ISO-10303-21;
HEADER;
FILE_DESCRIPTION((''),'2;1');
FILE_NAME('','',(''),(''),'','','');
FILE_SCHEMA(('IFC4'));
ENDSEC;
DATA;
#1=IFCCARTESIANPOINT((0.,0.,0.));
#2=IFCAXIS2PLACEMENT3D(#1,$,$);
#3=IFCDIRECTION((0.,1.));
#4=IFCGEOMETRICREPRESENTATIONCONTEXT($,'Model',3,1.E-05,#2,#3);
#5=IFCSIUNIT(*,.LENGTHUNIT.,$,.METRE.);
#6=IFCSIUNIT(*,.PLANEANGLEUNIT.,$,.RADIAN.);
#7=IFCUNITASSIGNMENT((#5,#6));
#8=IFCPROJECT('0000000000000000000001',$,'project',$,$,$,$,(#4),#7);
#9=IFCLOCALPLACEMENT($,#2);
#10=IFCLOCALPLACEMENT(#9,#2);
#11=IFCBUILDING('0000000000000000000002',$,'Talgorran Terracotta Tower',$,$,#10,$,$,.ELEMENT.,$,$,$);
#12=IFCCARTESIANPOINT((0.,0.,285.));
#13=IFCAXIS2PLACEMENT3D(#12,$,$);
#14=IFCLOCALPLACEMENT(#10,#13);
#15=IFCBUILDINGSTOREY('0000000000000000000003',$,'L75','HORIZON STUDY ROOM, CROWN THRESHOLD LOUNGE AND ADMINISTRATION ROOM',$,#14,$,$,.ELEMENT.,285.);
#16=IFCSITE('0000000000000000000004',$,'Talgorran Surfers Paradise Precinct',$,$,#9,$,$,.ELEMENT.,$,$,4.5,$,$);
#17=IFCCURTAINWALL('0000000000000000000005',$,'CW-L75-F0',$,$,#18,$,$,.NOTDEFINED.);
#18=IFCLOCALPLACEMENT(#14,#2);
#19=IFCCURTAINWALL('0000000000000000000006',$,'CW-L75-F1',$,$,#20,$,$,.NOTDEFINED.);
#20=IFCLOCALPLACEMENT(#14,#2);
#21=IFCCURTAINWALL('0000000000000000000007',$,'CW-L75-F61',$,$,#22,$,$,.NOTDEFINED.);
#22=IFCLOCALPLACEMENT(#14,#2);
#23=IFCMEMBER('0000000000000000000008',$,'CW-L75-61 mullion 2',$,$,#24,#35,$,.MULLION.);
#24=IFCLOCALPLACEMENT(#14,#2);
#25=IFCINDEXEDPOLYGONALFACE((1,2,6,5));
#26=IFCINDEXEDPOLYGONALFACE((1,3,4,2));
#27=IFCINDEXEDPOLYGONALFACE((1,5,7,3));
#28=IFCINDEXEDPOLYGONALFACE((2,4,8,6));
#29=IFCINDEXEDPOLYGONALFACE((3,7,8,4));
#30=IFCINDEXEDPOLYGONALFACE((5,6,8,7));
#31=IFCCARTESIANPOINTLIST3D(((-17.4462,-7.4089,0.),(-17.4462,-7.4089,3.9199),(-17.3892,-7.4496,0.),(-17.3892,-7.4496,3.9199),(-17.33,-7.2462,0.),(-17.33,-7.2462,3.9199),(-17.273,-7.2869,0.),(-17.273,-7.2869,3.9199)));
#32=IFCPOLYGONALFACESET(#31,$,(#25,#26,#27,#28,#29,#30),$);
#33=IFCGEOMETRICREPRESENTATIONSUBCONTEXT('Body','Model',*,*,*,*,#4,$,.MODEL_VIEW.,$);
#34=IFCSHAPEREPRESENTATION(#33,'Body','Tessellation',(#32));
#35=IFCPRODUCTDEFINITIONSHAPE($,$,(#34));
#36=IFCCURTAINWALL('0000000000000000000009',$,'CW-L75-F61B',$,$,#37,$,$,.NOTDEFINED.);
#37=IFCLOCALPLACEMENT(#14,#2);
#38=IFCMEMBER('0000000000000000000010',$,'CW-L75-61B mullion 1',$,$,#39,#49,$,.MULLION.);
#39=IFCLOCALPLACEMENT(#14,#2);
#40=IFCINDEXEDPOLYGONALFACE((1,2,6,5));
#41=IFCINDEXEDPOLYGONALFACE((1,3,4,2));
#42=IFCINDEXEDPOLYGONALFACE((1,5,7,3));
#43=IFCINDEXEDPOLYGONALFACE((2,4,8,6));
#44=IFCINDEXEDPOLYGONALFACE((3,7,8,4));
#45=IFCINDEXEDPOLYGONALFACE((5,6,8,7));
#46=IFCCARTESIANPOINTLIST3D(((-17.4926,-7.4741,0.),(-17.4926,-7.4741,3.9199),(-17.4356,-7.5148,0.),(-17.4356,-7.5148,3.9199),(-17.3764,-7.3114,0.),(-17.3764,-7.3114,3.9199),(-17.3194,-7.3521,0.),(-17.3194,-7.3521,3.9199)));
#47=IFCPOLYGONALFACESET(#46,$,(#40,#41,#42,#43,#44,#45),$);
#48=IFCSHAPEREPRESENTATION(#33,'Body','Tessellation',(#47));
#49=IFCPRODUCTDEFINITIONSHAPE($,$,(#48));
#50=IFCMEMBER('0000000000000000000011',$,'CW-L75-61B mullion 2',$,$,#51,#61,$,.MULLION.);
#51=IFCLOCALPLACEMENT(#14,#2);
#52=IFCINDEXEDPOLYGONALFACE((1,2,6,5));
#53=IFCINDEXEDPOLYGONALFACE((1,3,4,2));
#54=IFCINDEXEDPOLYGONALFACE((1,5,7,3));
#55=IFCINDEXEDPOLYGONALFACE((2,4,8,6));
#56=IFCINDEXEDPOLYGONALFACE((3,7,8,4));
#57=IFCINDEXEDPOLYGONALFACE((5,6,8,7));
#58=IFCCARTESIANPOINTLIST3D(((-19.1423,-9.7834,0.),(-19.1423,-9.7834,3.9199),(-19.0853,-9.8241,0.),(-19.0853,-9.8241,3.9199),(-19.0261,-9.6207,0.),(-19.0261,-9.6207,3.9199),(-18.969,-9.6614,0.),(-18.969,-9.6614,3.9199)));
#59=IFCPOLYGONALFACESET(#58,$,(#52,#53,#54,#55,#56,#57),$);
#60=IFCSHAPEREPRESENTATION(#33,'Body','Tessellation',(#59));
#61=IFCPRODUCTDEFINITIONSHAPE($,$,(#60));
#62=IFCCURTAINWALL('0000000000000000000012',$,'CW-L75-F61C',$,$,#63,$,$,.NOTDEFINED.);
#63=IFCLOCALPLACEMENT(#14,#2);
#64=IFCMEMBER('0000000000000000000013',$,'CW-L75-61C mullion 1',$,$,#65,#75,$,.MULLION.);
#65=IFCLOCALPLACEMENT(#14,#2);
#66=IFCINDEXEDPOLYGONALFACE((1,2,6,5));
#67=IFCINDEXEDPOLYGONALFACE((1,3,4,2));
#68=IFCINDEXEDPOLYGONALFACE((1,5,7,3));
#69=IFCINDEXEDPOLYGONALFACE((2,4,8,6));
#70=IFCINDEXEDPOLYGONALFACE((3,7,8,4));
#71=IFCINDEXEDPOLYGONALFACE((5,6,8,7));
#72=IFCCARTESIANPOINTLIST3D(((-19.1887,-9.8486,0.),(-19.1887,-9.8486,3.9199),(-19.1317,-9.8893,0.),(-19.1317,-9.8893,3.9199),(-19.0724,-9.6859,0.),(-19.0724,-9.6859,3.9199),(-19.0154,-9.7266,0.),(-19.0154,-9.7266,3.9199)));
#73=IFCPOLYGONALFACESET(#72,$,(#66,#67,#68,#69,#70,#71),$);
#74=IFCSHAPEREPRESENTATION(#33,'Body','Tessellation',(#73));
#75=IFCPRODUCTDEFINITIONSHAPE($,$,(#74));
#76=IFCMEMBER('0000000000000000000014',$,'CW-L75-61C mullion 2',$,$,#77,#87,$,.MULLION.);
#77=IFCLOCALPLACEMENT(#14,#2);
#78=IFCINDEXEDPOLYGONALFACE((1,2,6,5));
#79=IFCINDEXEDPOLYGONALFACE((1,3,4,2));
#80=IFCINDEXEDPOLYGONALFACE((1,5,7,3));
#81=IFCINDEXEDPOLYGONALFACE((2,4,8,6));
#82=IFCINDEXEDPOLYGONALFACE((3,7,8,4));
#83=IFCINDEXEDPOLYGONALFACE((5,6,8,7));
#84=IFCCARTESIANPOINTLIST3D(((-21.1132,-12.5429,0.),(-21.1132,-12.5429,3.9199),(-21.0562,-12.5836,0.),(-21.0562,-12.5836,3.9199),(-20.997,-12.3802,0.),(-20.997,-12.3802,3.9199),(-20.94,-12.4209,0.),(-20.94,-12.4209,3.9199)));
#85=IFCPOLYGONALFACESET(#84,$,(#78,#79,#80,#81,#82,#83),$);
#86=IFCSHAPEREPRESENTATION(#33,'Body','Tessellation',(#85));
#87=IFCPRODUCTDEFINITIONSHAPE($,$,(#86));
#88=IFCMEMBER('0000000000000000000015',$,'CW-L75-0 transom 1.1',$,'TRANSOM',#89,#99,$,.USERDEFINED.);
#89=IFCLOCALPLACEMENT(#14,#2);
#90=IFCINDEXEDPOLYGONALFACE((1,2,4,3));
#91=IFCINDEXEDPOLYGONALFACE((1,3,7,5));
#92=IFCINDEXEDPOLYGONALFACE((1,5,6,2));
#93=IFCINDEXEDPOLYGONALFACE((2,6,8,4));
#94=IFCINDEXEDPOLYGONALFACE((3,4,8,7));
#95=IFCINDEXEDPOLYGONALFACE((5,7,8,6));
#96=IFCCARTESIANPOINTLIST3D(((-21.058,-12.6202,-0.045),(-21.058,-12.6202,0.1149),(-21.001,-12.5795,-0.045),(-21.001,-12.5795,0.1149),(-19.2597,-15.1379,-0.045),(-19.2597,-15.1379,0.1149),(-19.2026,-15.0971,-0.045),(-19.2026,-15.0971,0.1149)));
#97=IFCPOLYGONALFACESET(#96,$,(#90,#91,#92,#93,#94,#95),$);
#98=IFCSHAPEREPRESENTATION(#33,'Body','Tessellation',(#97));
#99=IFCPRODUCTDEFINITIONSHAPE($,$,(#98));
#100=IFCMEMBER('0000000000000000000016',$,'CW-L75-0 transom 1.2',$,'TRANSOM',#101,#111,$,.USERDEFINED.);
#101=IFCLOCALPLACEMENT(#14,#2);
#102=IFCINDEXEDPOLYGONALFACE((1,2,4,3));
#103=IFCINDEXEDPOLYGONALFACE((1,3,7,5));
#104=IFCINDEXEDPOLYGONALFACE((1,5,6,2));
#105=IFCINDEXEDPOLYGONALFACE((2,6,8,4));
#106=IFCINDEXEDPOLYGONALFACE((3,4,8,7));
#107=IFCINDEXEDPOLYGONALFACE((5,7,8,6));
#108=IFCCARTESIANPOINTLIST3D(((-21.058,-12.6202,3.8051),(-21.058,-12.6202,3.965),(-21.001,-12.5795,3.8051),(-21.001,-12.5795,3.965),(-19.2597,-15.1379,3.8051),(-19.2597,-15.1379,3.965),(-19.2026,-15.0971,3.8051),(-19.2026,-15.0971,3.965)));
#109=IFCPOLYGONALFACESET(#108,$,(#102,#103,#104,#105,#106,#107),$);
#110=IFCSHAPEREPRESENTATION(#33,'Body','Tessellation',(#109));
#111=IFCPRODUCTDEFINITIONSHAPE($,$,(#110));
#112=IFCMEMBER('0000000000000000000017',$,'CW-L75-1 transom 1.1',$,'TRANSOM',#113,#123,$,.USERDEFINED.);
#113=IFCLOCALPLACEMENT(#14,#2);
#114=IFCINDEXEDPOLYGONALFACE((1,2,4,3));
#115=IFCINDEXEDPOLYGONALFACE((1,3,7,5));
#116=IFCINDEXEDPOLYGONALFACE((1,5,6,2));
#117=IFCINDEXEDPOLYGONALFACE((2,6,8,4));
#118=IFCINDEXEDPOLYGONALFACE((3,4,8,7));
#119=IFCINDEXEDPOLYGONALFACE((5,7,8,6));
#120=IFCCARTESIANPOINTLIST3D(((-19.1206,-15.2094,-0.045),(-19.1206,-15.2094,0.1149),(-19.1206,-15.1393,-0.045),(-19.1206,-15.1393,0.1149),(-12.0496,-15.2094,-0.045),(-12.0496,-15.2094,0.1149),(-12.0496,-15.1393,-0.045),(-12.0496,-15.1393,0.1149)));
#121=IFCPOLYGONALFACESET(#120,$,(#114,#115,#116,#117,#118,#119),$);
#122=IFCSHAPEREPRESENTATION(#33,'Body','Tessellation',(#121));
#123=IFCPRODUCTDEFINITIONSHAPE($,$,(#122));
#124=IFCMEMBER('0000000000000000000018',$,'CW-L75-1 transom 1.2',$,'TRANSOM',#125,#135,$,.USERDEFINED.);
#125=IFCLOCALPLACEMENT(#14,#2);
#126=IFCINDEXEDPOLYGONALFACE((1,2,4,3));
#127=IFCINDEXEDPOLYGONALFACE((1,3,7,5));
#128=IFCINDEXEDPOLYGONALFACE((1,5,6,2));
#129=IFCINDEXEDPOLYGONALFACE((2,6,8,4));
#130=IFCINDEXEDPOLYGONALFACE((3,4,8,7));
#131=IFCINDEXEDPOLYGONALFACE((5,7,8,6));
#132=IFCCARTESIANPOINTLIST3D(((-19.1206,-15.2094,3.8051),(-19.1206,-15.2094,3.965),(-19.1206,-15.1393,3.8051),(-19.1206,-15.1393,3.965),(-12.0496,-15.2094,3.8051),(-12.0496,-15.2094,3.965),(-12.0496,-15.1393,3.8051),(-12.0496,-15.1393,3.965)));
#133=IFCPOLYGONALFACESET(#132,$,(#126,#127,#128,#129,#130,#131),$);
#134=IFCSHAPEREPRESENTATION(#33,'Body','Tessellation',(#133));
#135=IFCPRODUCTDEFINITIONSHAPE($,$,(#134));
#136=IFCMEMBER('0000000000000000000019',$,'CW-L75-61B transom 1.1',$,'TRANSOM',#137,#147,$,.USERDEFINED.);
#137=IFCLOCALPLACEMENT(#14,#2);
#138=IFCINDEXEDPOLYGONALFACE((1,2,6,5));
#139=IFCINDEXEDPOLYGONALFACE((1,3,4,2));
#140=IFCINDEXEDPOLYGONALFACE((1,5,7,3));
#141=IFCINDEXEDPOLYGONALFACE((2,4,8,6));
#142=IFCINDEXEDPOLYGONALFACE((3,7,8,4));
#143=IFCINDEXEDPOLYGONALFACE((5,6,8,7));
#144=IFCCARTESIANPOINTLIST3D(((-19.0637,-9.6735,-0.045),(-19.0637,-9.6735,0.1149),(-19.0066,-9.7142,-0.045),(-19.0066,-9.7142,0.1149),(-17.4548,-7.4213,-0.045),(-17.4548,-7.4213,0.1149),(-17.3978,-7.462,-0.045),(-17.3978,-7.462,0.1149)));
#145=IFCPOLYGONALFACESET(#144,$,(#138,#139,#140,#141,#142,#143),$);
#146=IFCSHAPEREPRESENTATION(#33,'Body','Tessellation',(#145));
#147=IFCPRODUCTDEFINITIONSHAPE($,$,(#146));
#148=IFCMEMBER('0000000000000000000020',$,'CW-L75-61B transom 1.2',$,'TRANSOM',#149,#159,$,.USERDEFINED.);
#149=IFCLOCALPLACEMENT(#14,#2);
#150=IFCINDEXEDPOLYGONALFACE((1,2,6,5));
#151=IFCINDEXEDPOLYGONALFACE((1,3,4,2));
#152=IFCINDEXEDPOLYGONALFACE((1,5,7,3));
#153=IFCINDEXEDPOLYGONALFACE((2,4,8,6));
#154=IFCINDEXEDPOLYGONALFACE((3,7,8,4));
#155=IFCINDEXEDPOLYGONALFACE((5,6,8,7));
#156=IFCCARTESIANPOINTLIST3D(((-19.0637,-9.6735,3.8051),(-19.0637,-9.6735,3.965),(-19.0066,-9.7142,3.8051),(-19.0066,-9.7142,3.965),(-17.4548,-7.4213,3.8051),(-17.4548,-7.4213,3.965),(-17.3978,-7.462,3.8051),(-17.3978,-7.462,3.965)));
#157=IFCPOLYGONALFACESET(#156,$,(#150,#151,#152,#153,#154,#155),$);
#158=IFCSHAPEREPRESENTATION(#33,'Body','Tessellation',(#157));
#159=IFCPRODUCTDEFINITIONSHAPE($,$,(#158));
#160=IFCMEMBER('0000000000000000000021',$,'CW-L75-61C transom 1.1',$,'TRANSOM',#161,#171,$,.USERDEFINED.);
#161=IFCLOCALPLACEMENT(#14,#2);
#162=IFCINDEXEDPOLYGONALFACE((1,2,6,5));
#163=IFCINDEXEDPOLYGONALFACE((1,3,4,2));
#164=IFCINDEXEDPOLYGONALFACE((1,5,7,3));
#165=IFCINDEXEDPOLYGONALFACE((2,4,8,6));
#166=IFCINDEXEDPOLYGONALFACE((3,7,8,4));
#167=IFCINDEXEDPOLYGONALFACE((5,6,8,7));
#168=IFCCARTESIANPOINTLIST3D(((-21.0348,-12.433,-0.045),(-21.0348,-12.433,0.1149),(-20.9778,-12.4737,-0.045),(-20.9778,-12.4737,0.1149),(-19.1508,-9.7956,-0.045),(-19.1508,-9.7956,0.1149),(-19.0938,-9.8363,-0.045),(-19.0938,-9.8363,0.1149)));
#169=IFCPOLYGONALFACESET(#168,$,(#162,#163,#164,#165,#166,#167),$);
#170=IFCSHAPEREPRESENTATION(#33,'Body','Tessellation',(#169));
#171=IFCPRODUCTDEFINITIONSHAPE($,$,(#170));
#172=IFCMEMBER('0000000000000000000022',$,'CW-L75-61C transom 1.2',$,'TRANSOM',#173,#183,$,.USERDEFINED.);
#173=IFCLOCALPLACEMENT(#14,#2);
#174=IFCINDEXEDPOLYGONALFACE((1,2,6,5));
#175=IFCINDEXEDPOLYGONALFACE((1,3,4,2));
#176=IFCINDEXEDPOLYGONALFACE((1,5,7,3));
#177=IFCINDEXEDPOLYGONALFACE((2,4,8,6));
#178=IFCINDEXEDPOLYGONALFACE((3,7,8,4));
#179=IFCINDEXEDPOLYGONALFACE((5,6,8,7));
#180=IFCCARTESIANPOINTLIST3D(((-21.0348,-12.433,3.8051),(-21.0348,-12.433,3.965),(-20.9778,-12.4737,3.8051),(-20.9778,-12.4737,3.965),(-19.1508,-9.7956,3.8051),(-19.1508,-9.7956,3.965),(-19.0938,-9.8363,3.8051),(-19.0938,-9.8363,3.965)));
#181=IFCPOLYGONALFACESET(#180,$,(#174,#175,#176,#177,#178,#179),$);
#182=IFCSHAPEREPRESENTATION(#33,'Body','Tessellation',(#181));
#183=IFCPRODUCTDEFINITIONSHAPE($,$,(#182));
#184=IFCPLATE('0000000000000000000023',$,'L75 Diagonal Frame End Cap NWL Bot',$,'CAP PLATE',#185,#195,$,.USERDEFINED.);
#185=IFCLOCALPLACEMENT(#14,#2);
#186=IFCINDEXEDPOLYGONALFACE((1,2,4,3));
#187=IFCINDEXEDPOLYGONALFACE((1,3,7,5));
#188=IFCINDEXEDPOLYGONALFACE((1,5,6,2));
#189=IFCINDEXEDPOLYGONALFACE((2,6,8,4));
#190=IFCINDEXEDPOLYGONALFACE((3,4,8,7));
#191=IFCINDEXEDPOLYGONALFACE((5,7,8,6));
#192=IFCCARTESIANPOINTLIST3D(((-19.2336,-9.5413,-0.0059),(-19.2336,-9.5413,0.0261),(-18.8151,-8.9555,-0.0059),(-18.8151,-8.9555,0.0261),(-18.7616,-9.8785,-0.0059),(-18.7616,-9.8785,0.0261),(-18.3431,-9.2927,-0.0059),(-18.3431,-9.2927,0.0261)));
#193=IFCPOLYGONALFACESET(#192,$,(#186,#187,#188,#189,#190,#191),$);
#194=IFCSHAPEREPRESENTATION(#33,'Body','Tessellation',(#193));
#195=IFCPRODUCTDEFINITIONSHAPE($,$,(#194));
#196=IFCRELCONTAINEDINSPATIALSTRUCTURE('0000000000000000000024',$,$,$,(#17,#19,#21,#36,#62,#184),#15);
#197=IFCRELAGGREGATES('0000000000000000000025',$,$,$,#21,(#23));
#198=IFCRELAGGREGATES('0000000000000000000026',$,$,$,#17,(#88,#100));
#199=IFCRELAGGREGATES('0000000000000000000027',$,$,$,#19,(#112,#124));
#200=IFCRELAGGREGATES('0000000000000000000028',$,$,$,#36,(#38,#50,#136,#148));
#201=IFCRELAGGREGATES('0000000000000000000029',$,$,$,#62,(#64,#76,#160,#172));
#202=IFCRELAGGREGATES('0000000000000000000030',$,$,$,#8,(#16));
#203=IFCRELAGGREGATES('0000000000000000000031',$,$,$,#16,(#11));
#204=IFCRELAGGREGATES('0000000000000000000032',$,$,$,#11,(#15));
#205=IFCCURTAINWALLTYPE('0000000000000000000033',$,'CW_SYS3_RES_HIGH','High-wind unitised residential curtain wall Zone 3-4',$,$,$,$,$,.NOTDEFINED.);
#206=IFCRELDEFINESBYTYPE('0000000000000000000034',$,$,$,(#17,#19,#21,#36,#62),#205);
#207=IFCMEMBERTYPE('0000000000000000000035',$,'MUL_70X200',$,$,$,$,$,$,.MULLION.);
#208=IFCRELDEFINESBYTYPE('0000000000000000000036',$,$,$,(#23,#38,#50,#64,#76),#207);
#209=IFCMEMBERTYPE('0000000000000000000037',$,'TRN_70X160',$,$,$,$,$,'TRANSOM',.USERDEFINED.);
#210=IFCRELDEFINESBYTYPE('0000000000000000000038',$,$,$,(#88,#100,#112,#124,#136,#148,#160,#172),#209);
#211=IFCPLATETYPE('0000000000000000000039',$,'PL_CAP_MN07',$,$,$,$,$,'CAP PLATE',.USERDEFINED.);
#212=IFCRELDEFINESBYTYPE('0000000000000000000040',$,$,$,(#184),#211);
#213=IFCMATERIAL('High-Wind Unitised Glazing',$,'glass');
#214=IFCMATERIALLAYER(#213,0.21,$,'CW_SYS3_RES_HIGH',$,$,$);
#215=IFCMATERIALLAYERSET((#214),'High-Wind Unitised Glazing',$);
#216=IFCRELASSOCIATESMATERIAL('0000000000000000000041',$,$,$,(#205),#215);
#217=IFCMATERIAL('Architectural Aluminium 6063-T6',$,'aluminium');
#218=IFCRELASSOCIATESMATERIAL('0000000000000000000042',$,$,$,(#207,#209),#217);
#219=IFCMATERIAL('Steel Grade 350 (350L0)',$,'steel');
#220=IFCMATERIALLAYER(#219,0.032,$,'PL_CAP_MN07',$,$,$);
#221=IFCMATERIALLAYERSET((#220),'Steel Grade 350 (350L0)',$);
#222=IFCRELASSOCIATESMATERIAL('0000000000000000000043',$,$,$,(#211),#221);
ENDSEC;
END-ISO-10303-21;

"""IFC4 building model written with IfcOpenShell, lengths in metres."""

from ifc_helpers import new_model, si_unit, direction, frame, origin, origin_2d, place, context, subcontext, project, spatial, rectangle, extrude, material, layer, layer_set, material_profile, profile_set, type_object, element, aggregate, save


model = new_model("IFC4")

# Units and contexts
model_context = context("Model", 3, precision=1e-05, world=origin(), true_north=direction((0.0, 1.0)))
body_context = subcontext(model_context, "Body", "Model", "MODEL_VIEW")
ifc_project = project(units=[si_unit("LENGTHUNIT", "METRE"), si_unit("PLANEANGLEUNIT", "RADIAN")], contexts=[model_context])

# Site, building, storey
site_placement = place(None, origin())
site = spatial("IfcSite", under=ifc_project, at=site_placement, Name="Talgorran Surfers Paradise Precinct", CompositionType="ELEMENT", RefElevation=4.5)
building_placement = place(site_placement, origin())
building = spatial("IfcBuilding", under=site, at=building_placement, Name="Talgorran Terracotta Tower", CompositionType="ELEMENT")
storey_placement = place(building_placement, frame((0.0, 0.0, 285.0)))
storey = spatial("IfcBuildingStorey", under=building, at=storey_placement, Name="L75", Description="HORIZON STUDY ROOM, CROWN THRESHOLD LOUNGE AND ADMINISTRATION ROOM", CompositionType="ELEMENT", Elevation=285.0)

# Shared definitions
ifc_material_1 = material(Name="Steel Grade 350 (350L0)", Category="steel")

# Curtain wall
ifc_material_2 = material(Name="High-Wind Unitised Glazing", Category="glass")
ifc_layer_1 = layer(ifc_material_2, 0.21, Name="CW_SYS3_RES_HIGH")
ifc_layer_set_1 = layer_set([ifc_layer_1], Name="High-Wind Unitised Glazing")
curtain_wall_type = type_object("IfcCurtainWallType", Name="CW_SYS3_RES_HIGH", Description="High-wind unitised residential curtain wall Zone 3-4", PredefinedType="NOTDEFINED", material=ifc_layer_set_1)
curtain_wall_1_placement = place(storey_placement, origin())
curtain_wall_1 = element("IfcCurtainWall", 1, at=curtain_wall_1_placement, inside=storey, type_object=curtain_wall_type, Name="CW-L75-F0", PredefinedType="NOTDEFINED")
ifc_material_3 = material(Name="Architectural Aluminium 6063-T6", Category="aluminium")
ifc_material_profile_1 = material_profile(ifc_material_3, rectangle(XDim=0.0701, YDim=0.2, at=origin_2d()), Name="CWM70X200")
ifc_profile_set_1 = profile_set([ifc_material_profile_1], Name="Architectural Aluminium 6063-T6")
member_type_1 = type_object("IfcMemberType", Name="MUL_70X200", PredefinedType="MULLION", material=ifc_profile_set_1)

# Curtain walls, member
curtain_wall_2_placement = place(storey_placement, origin())
curtain_wall_2 = element("IfcCurtainWall", 2, at=curtain_wall_2_placement, inside=storey, type_object=curtain_wall_type, Name="CW-L75-F1", PredefinedType="NOTDEFINED")
curtain_wall_3_placement = place(storey_placement, origin())
curtain_wall_3 = element("IfcCurtainWall", 3, at=curtain_wall_3_placement, inside=storey, type_object=curtain_wall_type, Name="CW-L75-F61", PredefinedType="NOTDEFINED")
member_1_placement = place(storey_placement, frame((-17.3596, -7.3479, 0.0), z_axis=(0.0, 0.0, 1.0), x_axis=(0.813724, -0.581252, 0.0)))
member_1 = element("IfcMember", 4, at=member_1_placement, type_object=member_type_1, Name="CW-L75-61 mullion 2", PredefinedType="MULLION", context=body_context, shape_type="SweptSolid", body=[
    extrude(rectangle(XDim=0.0701, YDim=0.2, at=origin_2d()), origin(), (0.0, 0.0, 1.0), 3.9199),
])
aggregate(curtain_wall_3, [member_1])

# Curtain walls, members
curtain_wall_4_placement = place(storey_placement, origin())
curtain_wall_4 = element("IfcCurtainWall", 5, at=curtain_wall_4_placement, inside=storey, type_object=curtain_wall_type, Name="CW-L75-F61B", PredefinedType="NOTDEFINED")
member_2_placement = place(storey_placement, frame((-17.406, -7.4131, 0.0), z_axis=(0.0, 0.0, 1.0), x_axis=(0.813736, -0.581235, 0.0)))
member_2 = element("IfcMember", 6, at=member_2_placement, type_object=member_type_1, Name="CW-L75-61B mullion 1", PredefinedType="MULLION", context=body_context, shape_type="SweptSolid", body=[
    extrude(rectangle(XDim=0.0701, YDim=0.2, at=origin_2d()), origin(), (0.0, 0.0, 1.0), 3.9199),
])
member_3_placement = place(storey_placement, frame((-19.0557, -9.7224, 0.0), z_axis=(0.0, 0.0, 1.0), x_axis=(0.813736, -0.581235, 0.0)))
member_3 = element("IfcMember", 7, at=member_3_placement, type_object=member_type_1, Name="CW-L75-61B mullion 2", PredefinedType="MULLION", context=body_context, shape_type="SweptSolid", body=[
    extrude(rectangle(XDim=0.0701, YDim=0.2, at=origin_2d()), origin(), (0.0, 0.0, 1.0), 3.9199),
])
curtain_wall_5_placement = place(storey_placement, origin())
curtain_wall_5 = element("IfcCurtainWall", 8, at=curtain_wall_5_placement, inside=storey, type_object=curtain_wall_type, Name="CW-L75-F61C", PredefinedType="NOTDEFINED")
member_4_placement = place(storey_placement, frame((-19.1021, -9.7876, 0.0), z_axis=(0.0, 0.0, 1.0), x_axis=(0.813721, -0.581255, 0.0)))
member_4 = element("IfcMember", 9, at=member_4_placement, type_object=member_type_1, Name="CW-L75-61C mullion 1", PredefinedType="MULLION", context=body_context, shape_type="SweptSolid", body=[
    extrude(rectangle(XDim=0.0701, YDim=0.2, at=origin_2d()), origin(), (0.0, 0.0, 1.0), 3.9199),
])
member_5_placement = place(storey_placement, frame((-21.0266, -12.4819, 0.0), z_axis=(0.0, 0.0, 1.0), x_axis=(0.813721, -0.581255, 0.0)))
member_5 = element("IfcMember", 10, at=member_5_placement, type_object=member_type_1, Name="CW-L75-61C mullion 2", PredefinedType="MULLION", context=body_context, shape_type="SweptSolid", body=[
    extrude(rectangle(XDim=0.0701, YDim=0.2, at=origin_2d()), origin(), (0.0, 0.0, 1.0), 3.9199),
])

# Members
ifc_material_profile_2 = material_profile(ifc_material_3, rectangle(XDim=0.0701, YDim=0.1599, at=origin_2d()), Name="CWT70X160")
ifc_profile_set_2 = profile_set([ifc_material_profile_2], Name="Architectural Aluminium 6063-T6")
member_type_2 = type_object("IfcMemberType", Name="TRN_70X160", ElementType="TRANSOM", PredefinedType="USERDEFINED", material=ifc_profile_set_2)
member_6_placement = place(storey_placement, frame((-21.0295, -12.5999, 0.0349), z_axis=(0.581253, -0.813723, 0.0), x_axis=(0.813723, 0.581253, 0.0)))
member_6 = element("IfcMember", 11, at=member_6_placement, type_object=member_type_2, Name="CW-L75-0 transom 1.1", ObjectType="TRANSOM", PredefinedType="USERDEFINED", context=body_context, shape_type="SweptSolid", body=[
    extrude(rectangle(XDim=0.0701, YDim=0.1599, at=origin_2d()), origin(), (0.0, 0.0, 1.0), 3.094),
])
member_7_placement = place(storey_placement, frame((-21.0295, -12.5999, 3.885), z_axis=(0.581253, -0.813723, 0.0), x_axis=(0.813723, 0.581253, 0.0)))
member_7 = element("IfcMember", 12, at=member_7_placement, type_object=member_type_2, Name="CW-L75-0 transom 1.2", ObjectType="TRANSOM", PredefinedType="USERDEFINED", context=body_context, shape_type="SweptSolid", body=[
    extrude(rectangle(XDim=0.0701, YDim=0.1599, at=origin_2d()), origin(), (0.0, 0.0, 1.0), 3.094),
])
member_8_placement = place(storey_placement, frame((-19.1206, -15.1743, 0.0349), z_axis=(1.0, 0.0, 0.0), x_axis=(0.0, 1.0, 0.0)))
member_8 = element("IfcMember", 13, at=member_8_placement, type_object=member_type_2, Name="CW-L75-1 transom 1.1", ObjectType="TRANSOM", PredefinedType="USERDEFINED", context=body_context, shape_type="SweptSolid", body=[
    extrude(rectangle(XDim=0.0701, YDim=0.1599, at=origin_2d()), origin(), (0.0, 0.0, 1.0), 7.071),
])
member_9_placement = place(storey_placement, frame((-19.1206, -15.1743, 3.885), z_axis=(1.0, 0.0, 0.0), x_axis=(0.0, 1.0, 0.0)))
member_9 = element("IfcMember", 14, at=member_9_placement, type_object=member_type_2, Name="CW-L75-1 transom 1.2", ObjectType="TRANSOM", PredefinedType="USERDEFINED", context=body_context, shape_type="SweptSolid", body=[
    extrude(rectangle(XDim=0.0701, YDim=0.1599, at=origin_2d()), origin(), (0.0, 0.0, 1.0), 7.071),
])
member_10_placement = place(storey_placement, frame((-17.4263, -7.4417, 0.0349), z_axis=(-0.58128, -0.813704, 0.0), x_axis=(0.813704, -0.58128, 0.0)))
member_10 = element("IfcMember", 15, at=member_10_placement, type_object=member_type_2, Name="CW-L75-61B transom 1.1", ObjectType="TRANSOM", PredefinedType="USERDEFINED", context=body_context, shape_type="SweptSolid", body=[
    extrude(rectangle(XDim=0.0701, YDim=0.1599, at=origin_2d()), origin(), (0.0, 0.0, 1.0), 2.7678),
])
member_11_placement = place(storey_placement, frame((-17.4263, -7.4417, 3.885), z_axis=(-0.58128, -0.813704, 0.0), x_axis=(0.813704, -0.58128, 0.0)))
member_11 = element("IfcMember", 16, at=member_11_placement, type_object=member_type_2, Name="CW-L75-61B transom 1.2", ObjectType="TRANSOM", PredefinedType="USERDEFINED", context=body_context, shape_type="SweptSolid", body=[
    extrude(rectangle(XDim=0.0701, YDim=0.1599, at=origin_2d()), origin(), (0.0, 0.0, 1.0), 2.7678),
])
member_12_placement = place(storey_placement, frame((-19.1223, -9.8159, 0.0349), z_axis=(-0.581267, -0.813713, 0.0), x_axis=(0.813713, -0.581267, 0.0)))
member_12 = element("IfcMember", 17, at=member_12_placement, type_object=member_type_2, Name="CW-L75-61C transom 1.1", ObjectType="TRANSOM", PredefinedType="USERDEFINED", context=body_context, shape_type="SweptSolid", body=[
    extrude(rectangle(XDim=0.0701, YDim=0.1599, at=origin_2d()), origin(), (0.0, 0.0, 1.0), 3.2412),
])
member_13_placement = place(storey_placement, frame((-19.1223, -9.8159, 3.885), z_axis=(-0.581267, -0.813713, 0.0), x_axis=(0.813713, -0.581267, 0.0)))
member_13 = element("IfcMember", 18, at=member_13_placement, type_object=member_type_2, Name="CW-L75-61C transom 1.2", ObjectType="TRANSOM", PredefinedType="USERDEFINED", context=body_context, shape_type="SweptSolid", body=[
    extrude(rectangle(XDim=0.0701, YDim=0.1599, at=origin_2d()), origin(), (0.0, 0.0, 1.0), 3.2412),
])

# Plate
ifc_layer_2 = layer(ifc_material_1, 0.032, Name="PL_CAP_MN07")
ifc_layer_set_2 = layer_set([ifc_layer_2], Name="Steel Grade 350 (350L0)")
plate_type_1 = type_object("IfcPlateType", Name="PL_CAP_MN07", ElementType="CAP PLATE", PredefinedType="USERDEFINED", material=ifc_layer_set_2)
for number, where, z_axis, x_axis, name in (
    (19, (-18.7883, -9.417, -0.0059), (0.0, 0.0, 1.0), (0.581271, 0.81371, 0.0), "L75 Diagonal Frame End Cap NWL Bot"),
):
    element("IfcPlate", number, at=place(storey_placement, frame(where, z_axis=z_axis, x_axis=x_axis)), inside=storey, type_object=plate_type_1, Name=name, ObjectType="CAP PLATE", PredefinedType="USERDEFINED", context=body_context, shape_type="SweptSolid", body=[
        extrude(rectangle(XDim=0.72, YDim=0.5801, at=origin_2d()), origin(), (0.0, 0.0, 1.0), 0.032),
    ])

aggregate(curtain_wall_1, [member_6, member_7])
aggregate(curtain_wall_2, [member_8, member_9])
aggregate(curtain_wall_4, [member_2, member_3, member_10, member_11])
aggregate(curtain_wall_5, [member_4, member_5, member_12, member_13])

save(model, "model.ifc")
